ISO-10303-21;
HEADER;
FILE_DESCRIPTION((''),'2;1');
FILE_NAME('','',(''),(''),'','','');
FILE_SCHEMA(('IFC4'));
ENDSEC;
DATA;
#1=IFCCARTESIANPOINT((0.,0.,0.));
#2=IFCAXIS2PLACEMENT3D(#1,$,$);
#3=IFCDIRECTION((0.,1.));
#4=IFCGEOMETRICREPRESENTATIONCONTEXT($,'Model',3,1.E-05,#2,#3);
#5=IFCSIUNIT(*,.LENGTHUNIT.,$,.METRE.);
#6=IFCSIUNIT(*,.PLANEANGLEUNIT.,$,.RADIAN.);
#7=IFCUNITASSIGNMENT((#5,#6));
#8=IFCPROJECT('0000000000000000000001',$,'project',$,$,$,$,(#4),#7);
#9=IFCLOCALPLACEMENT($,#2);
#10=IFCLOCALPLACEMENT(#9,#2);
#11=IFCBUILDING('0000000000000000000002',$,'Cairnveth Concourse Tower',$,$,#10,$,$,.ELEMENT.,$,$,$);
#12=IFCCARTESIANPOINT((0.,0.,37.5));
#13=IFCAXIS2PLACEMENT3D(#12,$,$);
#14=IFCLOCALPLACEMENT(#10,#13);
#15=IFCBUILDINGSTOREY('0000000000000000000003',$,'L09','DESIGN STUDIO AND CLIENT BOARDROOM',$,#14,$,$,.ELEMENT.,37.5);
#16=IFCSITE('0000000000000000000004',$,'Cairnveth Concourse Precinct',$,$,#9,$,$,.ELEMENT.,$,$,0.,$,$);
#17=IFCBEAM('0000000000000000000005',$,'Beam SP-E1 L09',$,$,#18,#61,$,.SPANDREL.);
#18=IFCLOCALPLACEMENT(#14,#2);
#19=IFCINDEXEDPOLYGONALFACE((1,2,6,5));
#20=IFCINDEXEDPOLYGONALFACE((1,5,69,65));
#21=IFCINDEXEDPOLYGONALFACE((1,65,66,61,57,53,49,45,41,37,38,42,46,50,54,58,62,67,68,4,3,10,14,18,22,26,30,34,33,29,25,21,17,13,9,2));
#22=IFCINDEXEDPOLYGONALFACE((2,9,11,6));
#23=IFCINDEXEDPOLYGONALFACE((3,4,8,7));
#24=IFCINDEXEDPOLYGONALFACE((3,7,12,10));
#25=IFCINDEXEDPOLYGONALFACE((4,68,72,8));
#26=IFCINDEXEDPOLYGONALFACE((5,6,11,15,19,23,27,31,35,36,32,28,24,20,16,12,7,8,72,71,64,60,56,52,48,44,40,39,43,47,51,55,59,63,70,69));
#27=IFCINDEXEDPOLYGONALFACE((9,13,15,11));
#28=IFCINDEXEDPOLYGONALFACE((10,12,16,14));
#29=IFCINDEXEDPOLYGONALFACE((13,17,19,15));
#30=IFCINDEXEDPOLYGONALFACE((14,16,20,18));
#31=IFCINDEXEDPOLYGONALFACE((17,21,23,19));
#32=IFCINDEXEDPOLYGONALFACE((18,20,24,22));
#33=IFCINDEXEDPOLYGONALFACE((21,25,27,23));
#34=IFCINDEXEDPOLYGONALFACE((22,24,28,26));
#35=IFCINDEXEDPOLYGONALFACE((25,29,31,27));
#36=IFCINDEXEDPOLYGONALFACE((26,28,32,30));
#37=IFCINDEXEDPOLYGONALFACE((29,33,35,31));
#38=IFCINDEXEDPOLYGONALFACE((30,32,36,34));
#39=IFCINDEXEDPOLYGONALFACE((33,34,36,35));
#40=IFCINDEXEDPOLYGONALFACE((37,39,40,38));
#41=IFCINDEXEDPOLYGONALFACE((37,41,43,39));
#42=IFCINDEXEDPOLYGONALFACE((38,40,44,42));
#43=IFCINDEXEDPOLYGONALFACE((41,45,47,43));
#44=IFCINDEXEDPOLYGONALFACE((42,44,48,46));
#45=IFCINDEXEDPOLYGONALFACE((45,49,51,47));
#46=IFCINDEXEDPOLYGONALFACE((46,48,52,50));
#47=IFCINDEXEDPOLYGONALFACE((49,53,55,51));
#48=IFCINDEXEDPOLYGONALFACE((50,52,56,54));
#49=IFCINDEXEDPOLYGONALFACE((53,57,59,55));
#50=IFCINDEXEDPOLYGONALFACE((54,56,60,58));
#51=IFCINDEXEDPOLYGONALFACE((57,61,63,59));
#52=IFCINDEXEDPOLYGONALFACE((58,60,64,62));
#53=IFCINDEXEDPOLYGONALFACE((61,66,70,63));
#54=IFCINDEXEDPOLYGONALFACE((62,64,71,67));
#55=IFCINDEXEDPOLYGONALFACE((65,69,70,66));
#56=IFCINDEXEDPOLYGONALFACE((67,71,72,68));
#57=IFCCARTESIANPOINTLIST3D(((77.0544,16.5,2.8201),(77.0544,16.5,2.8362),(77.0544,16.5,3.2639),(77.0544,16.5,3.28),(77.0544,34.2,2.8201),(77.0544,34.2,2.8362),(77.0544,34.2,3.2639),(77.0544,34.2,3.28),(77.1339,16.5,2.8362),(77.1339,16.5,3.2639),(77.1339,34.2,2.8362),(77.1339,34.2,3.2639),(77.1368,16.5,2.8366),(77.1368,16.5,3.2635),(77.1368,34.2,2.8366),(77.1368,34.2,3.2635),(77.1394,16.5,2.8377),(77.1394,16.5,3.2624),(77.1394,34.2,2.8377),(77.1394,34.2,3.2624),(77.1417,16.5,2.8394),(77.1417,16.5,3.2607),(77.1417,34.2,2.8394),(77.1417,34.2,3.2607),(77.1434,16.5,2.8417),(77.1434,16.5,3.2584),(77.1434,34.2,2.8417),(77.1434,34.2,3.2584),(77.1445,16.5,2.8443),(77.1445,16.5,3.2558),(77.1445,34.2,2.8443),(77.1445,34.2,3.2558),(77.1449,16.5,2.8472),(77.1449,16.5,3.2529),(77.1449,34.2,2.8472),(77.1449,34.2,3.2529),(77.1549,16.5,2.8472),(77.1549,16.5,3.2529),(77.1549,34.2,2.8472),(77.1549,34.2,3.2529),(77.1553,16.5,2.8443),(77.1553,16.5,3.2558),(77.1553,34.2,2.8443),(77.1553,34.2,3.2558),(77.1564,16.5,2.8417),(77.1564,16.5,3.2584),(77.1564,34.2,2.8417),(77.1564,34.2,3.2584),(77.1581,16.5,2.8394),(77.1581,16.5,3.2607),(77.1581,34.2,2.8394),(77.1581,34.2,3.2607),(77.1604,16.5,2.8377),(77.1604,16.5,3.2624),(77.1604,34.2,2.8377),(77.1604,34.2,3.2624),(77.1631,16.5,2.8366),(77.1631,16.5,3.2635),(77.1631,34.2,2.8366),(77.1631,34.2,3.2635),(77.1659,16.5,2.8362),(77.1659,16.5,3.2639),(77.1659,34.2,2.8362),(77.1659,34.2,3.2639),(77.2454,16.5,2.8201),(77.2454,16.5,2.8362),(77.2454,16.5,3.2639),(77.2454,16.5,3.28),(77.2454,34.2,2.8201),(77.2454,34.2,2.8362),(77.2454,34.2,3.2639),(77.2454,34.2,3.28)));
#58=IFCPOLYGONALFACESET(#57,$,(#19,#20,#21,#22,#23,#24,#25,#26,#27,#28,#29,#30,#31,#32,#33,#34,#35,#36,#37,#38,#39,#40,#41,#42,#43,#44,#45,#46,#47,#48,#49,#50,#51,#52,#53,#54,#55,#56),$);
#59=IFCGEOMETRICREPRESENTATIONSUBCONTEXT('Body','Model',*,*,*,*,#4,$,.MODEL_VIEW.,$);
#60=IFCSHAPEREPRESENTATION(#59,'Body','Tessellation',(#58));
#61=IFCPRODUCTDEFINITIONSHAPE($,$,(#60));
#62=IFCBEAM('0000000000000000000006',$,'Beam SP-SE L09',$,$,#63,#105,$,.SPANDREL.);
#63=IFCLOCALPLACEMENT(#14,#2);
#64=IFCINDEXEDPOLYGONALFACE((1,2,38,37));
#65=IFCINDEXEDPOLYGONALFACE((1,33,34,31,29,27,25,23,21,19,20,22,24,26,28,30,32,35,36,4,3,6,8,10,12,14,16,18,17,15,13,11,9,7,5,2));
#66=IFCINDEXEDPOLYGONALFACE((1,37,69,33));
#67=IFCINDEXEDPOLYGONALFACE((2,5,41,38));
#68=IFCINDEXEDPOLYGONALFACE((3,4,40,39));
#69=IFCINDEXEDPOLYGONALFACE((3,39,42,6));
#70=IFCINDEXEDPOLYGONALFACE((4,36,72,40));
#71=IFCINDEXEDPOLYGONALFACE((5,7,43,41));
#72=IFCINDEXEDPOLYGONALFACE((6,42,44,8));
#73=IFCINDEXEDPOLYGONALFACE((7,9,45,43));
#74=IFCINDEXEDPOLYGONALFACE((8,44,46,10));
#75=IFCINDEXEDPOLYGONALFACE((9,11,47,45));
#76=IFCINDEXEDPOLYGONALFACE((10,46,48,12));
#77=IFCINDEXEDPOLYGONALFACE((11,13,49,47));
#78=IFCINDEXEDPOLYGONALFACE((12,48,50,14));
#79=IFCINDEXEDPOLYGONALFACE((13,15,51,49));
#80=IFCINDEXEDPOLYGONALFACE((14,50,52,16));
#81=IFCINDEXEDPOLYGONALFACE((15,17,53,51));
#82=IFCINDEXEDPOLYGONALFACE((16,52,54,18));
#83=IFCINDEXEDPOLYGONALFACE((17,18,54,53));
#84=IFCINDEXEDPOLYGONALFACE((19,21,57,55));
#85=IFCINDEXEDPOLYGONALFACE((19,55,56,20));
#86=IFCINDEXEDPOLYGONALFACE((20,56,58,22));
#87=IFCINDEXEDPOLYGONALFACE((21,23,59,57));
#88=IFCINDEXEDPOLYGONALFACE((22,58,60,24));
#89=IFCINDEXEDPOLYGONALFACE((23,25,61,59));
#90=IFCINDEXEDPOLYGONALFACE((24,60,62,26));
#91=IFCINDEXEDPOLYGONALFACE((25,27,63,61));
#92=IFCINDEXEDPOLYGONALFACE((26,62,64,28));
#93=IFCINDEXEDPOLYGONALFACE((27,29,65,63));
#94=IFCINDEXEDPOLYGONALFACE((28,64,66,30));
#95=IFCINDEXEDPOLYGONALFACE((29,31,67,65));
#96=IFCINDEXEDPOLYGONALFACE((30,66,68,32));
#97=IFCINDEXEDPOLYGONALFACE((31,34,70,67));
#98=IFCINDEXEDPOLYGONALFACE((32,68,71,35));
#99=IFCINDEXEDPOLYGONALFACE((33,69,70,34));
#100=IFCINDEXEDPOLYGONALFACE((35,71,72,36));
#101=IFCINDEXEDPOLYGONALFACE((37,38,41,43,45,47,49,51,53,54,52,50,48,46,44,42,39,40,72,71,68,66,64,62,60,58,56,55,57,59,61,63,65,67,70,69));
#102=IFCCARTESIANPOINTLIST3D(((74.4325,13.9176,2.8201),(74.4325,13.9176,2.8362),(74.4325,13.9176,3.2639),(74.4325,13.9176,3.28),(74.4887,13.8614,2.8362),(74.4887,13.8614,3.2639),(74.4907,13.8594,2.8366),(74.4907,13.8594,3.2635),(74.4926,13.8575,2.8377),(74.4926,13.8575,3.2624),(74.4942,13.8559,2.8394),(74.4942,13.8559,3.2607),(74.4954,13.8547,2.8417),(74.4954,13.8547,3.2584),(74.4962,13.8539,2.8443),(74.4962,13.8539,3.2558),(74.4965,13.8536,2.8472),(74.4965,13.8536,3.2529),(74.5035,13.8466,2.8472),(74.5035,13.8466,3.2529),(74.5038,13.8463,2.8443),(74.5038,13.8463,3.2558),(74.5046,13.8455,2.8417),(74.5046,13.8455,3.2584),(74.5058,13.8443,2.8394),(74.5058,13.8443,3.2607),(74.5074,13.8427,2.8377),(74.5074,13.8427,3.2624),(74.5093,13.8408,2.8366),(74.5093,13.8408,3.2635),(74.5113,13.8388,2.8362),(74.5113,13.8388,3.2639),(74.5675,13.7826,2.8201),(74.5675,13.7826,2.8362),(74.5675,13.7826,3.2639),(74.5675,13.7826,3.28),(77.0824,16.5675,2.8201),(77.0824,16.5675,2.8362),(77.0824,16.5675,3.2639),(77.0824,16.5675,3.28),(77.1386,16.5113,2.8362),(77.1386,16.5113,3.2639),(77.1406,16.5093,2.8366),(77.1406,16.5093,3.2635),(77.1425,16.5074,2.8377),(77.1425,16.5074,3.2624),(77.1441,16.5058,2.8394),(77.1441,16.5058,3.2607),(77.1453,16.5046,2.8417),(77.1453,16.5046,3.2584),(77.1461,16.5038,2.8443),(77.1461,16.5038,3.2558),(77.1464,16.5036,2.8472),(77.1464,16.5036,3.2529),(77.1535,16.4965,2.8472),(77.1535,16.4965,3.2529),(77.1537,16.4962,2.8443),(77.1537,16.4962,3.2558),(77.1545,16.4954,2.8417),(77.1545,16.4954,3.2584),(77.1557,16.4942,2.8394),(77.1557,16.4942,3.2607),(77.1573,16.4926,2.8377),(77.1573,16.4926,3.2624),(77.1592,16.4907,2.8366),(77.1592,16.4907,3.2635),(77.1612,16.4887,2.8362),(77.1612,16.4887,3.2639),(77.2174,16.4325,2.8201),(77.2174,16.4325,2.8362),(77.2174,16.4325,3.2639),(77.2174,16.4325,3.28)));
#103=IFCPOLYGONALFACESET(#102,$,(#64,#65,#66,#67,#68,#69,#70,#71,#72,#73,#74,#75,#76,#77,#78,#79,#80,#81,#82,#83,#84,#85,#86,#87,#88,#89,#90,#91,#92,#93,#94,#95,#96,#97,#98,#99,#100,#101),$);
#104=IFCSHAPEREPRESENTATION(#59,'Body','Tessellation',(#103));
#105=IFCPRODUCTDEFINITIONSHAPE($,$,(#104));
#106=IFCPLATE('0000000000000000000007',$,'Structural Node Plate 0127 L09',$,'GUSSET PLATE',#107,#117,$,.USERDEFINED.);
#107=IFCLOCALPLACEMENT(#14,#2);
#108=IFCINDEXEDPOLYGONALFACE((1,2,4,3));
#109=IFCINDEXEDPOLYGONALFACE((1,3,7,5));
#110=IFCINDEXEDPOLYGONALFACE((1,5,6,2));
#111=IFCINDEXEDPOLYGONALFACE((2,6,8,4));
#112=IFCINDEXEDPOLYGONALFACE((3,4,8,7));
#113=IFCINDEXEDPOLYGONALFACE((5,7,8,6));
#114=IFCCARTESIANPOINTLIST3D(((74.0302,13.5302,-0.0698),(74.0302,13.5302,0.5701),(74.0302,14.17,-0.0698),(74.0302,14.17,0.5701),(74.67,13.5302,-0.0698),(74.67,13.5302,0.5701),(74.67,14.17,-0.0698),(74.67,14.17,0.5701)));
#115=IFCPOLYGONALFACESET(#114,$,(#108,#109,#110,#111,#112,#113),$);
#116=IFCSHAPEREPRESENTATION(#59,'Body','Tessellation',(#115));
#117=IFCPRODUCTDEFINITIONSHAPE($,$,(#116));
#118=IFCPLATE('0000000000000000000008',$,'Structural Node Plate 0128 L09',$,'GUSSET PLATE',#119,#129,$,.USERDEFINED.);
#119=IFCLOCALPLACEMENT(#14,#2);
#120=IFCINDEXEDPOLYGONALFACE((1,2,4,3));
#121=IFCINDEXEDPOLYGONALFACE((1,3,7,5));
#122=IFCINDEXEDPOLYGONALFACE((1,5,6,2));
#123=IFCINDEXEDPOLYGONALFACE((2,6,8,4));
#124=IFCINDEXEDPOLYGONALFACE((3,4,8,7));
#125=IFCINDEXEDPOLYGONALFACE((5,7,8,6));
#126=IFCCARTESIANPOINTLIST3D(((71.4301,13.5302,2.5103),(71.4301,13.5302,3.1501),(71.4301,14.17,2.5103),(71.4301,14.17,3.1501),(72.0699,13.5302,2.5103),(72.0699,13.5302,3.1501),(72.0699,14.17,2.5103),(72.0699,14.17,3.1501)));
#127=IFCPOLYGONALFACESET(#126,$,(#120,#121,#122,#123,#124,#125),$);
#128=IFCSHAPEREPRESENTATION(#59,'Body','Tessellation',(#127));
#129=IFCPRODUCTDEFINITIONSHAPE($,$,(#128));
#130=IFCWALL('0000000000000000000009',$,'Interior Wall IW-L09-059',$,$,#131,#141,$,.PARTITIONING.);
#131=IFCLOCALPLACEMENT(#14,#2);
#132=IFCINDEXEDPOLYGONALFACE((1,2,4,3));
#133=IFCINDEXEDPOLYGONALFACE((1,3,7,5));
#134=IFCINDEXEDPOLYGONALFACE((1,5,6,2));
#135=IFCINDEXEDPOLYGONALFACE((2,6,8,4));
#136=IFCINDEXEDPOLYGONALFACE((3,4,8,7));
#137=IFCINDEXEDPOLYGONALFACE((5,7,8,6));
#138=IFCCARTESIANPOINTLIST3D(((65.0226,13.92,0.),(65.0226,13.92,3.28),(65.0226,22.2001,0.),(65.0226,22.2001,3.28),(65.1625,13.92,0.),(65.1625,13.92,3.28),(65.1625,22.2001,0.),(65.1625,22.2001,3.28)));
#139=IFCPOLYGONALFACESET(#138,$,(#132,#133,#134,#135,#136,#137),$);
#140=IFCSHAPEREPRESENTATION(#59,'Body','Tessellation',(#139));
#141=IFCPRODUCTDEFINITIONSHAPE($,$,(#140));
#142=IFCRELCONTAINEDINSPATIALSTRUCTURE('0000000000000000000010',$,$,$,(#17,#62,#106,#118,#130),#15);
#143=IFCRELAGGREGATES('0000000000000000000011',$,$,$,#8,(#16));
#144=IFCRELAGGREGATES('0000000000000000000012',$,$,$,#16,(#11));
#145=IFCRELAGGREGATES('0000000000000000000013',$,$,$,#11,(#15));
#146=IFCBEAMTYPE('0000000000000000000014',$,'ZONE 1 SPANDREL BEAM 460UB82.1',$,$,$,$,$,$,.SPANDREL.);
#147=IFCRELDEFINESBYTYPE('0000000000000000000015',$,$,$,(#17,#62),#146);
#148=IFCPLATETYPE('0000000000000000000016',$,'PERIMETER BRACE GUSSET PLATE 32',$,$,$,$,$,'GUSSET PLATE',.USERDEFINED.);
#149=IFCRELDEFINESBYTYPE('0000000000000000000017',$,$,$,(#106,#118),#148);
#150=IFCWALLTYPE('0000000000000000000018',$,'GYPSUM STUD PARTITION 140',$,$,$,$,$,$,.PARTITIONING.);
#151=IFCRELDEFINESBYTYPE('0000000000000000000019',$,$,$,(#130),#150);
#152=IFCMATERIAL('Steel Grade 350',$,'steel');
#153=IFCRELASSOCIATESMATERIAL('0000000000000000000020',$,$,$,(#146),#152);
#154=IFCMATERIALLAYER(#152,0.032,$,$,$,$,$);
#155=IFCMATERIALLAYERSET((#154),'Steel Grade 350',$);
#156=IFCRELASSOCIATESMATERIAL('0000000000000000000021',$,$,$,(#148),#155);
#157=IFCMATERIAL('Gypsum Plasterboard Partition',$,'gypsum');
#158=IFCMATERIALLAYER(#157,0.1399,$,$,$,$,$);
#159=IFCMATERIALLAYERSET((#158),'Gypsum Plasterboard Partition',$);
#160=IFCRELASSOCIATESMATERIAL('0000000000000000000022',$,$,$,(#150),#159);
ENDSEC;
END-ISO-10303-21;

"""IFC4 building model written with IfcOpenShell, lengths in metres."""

from ifc_helpers import new_model, si_unit, direction, frame, frame_2d, origin, origin_2d, place, context, subcontext, project, spatial, rectangle, i_section, extrude, material, layer, layer_set, material_profile, profile_set, type_object, element, save


model = new_model("IFC4")

# Units and contexts
model_context = context("Model", 3, precision=1e-05, world=origin(), true_north=direction((0.0, 1.0)))
body_context = subcontext(model_context, "Body", "Model", "MODEL_VIEW")
ifc_project = project(units=[si_unit("LENGTHUNIT", "METRE"), si_unit("PLANEANGLEUNIT", "RADIAN")], contexts=[model_context])

# Site, building, storey
site_placement = place(None, origin())
site = spatial("IfcSite", under=ifc_project, at=site_placement, Name="Cairnveth Concourse Precinct", CompositionType="ELEMENT", RefElevation=0.0)
building_placement = place(site_placement, origin())
building = spatial("IfcBuilding", under=site, at=building_placement, Name="Cairnveth Concourse Tower", CompositionType="ELEMENT")
storey_placement = place(building_placement, frame((0.0, 0.0, 37.5)))
storey = spatial("IfcBuildingStorey", under=building, at=storey_placement, Name="L09", Description="DESIGN STUDIO AND CLIENT BOARDROOM", CompositionType="ELEMENT", Elevation=37.5)

# Shared definitions
ifc_material_1 = material(Name="Steel Grade 350", Category="steel")

# Beams
ifc_material_profile_1 = material_profile(ifc_material_1, i_section(OverallWidth=0.1909, OverallDepth=0.46, WebThickness=0.01, FlangeThickness=0.0161, FilletRadius=0.011, at=origin_2d()), Name="460UB82.1")
ifc_profile_set_1 = profile_set([ifc_material_profile_1], Name="Steel Grade 350")
beam_type_1 = type_object("IfcBeamType", Name="ZONE 1 SPANDREL BEAM 460UB82.1", PredefinedType="SPANDREL", material=ifc_profile_set_1)
beam_1_placement = place(storey_placement, frame((77.1499, 16.5, 3.05), z_axis=(0.0, 1.0, 0.0), x_axis=(-1.0, 0.0, 0.0)))
element("IfcBeam", 1, at=beam_1_placement, inside=storey, type_object=beam_type_1, Name="Beam SP-E1 L09", PredefinedType="SPANDREL", context=body_context, shape_type="SweptSolid", body=[
    extrude(i_section(OverallWidth=0.1909, OverallDepth=0.46, WebThickness=0.01, FlangeThickness=0.0161, FilletRadius=0.011, at=origin_2d()), origin(), (0.0, 0.0, 1.0), 17.7),
])
beam_2_placement = place(storey_placement, frame((74.5, 13.8501, 3.05), z_axis=(0.707107, 0.707107, 0.0), x_axis=(-0.707107, 0.707107, 0.0)))
element("IfcBeam", 2, at=beam_2_placement, inside=storey, type_object=beam_type_1, Name="Beam SP-SE L09", PredefinedType="SPANDREL", context=body_context, shape_type="SweptSolid", body=[
    extrude(i_section(OverallWidth=0.1909, OverallDepth=0.46, WebThickness=0.01, FlangeThickness=0.0161, FilletRadius=0.011, at=origin_2d()), origin(), (0.0, 0.0, 1.0), 3.7476),
])

# Plates
ifc_layer_1 = layer(ifc_material_1, 0.032)
ifc_layer_set_1 = layer_set([ifc_layer_1], Name="Steel Grade 350")
plate_type = type_object("IfcPlateType", Name="PERIMETER BRACE GUSSET PLATE 32", ElementType="GUSSET PLATE", PredefinedType="USERDEFINED", material=ifc_layer_set_1)
for number, where, z_axis, x_axis, name in (
    (3, (74.3501, 13.8501, -0.0698), (0.0, 0.0, 1.0), (1.0, 0.0, 0.0), "Structural Node Plate 0127 L09"),
    (4, (71.75, 13.8501, 2.5103), (0.0, 0.0, 1.0), (1.0, 0.0, 0.0), "Structural Node Plate 0128 L09"),
):
    element("IfcPlate", number, at=place(storey_placement, frame(where, z_axis=z_axis, x_axis=x_axis)), inside=storey, type_object=plate_type, Name=name, ObjectType="GUSSET PLATE", PredefinedType="USERDEFINED", context=body_context, shape_type="SweptSolid", body=[
        extrude(rectangle(XDim=0.6399, YDim=0.6399, at=origin_2d()), origin(), (0.0, 0.0, 1.0), 0.6399),
    ])

# Wall
ifc_material_2 = material(Name="Gypsum Plasterboard Partition", Category="gypsum")
ifc_layer_2 = layer(ifc_material_2, 0.1399)
ifc_layer_set_2 = layer_set([ifc_layer_2], Name="Gypsum Plasterboard Partition")
wall_type_1 = type_object("IfcWallType", Name="GYPSUM STUD PARTITION 140", PredefinedType="PARTITIONING", material=ifc_layer_set_2)
wall_1_placement = place(storey_placement, frame((65.0925, 13.9199, 0.0), z_axis=(0.0, 0.0, 1.0), x_axis=(0.0, 1.0, 0.0)))
element("IfcWall", 5, at=wall_1_placement, inside=storey, type_object=wall_type_1, Name="Interior Wall IW-L09-059", PredefinedType="PARTITIONING", context=body_context, shape_type="SweptSolid", body=[
    extrude(rectangle(XDim=8.28, YDim=0.1399, at=frame_2d((4.1401, 0.0))), origin(), (0.0, 0.0, 1.0), 3.28),
])

save(model, "model.ifc")
